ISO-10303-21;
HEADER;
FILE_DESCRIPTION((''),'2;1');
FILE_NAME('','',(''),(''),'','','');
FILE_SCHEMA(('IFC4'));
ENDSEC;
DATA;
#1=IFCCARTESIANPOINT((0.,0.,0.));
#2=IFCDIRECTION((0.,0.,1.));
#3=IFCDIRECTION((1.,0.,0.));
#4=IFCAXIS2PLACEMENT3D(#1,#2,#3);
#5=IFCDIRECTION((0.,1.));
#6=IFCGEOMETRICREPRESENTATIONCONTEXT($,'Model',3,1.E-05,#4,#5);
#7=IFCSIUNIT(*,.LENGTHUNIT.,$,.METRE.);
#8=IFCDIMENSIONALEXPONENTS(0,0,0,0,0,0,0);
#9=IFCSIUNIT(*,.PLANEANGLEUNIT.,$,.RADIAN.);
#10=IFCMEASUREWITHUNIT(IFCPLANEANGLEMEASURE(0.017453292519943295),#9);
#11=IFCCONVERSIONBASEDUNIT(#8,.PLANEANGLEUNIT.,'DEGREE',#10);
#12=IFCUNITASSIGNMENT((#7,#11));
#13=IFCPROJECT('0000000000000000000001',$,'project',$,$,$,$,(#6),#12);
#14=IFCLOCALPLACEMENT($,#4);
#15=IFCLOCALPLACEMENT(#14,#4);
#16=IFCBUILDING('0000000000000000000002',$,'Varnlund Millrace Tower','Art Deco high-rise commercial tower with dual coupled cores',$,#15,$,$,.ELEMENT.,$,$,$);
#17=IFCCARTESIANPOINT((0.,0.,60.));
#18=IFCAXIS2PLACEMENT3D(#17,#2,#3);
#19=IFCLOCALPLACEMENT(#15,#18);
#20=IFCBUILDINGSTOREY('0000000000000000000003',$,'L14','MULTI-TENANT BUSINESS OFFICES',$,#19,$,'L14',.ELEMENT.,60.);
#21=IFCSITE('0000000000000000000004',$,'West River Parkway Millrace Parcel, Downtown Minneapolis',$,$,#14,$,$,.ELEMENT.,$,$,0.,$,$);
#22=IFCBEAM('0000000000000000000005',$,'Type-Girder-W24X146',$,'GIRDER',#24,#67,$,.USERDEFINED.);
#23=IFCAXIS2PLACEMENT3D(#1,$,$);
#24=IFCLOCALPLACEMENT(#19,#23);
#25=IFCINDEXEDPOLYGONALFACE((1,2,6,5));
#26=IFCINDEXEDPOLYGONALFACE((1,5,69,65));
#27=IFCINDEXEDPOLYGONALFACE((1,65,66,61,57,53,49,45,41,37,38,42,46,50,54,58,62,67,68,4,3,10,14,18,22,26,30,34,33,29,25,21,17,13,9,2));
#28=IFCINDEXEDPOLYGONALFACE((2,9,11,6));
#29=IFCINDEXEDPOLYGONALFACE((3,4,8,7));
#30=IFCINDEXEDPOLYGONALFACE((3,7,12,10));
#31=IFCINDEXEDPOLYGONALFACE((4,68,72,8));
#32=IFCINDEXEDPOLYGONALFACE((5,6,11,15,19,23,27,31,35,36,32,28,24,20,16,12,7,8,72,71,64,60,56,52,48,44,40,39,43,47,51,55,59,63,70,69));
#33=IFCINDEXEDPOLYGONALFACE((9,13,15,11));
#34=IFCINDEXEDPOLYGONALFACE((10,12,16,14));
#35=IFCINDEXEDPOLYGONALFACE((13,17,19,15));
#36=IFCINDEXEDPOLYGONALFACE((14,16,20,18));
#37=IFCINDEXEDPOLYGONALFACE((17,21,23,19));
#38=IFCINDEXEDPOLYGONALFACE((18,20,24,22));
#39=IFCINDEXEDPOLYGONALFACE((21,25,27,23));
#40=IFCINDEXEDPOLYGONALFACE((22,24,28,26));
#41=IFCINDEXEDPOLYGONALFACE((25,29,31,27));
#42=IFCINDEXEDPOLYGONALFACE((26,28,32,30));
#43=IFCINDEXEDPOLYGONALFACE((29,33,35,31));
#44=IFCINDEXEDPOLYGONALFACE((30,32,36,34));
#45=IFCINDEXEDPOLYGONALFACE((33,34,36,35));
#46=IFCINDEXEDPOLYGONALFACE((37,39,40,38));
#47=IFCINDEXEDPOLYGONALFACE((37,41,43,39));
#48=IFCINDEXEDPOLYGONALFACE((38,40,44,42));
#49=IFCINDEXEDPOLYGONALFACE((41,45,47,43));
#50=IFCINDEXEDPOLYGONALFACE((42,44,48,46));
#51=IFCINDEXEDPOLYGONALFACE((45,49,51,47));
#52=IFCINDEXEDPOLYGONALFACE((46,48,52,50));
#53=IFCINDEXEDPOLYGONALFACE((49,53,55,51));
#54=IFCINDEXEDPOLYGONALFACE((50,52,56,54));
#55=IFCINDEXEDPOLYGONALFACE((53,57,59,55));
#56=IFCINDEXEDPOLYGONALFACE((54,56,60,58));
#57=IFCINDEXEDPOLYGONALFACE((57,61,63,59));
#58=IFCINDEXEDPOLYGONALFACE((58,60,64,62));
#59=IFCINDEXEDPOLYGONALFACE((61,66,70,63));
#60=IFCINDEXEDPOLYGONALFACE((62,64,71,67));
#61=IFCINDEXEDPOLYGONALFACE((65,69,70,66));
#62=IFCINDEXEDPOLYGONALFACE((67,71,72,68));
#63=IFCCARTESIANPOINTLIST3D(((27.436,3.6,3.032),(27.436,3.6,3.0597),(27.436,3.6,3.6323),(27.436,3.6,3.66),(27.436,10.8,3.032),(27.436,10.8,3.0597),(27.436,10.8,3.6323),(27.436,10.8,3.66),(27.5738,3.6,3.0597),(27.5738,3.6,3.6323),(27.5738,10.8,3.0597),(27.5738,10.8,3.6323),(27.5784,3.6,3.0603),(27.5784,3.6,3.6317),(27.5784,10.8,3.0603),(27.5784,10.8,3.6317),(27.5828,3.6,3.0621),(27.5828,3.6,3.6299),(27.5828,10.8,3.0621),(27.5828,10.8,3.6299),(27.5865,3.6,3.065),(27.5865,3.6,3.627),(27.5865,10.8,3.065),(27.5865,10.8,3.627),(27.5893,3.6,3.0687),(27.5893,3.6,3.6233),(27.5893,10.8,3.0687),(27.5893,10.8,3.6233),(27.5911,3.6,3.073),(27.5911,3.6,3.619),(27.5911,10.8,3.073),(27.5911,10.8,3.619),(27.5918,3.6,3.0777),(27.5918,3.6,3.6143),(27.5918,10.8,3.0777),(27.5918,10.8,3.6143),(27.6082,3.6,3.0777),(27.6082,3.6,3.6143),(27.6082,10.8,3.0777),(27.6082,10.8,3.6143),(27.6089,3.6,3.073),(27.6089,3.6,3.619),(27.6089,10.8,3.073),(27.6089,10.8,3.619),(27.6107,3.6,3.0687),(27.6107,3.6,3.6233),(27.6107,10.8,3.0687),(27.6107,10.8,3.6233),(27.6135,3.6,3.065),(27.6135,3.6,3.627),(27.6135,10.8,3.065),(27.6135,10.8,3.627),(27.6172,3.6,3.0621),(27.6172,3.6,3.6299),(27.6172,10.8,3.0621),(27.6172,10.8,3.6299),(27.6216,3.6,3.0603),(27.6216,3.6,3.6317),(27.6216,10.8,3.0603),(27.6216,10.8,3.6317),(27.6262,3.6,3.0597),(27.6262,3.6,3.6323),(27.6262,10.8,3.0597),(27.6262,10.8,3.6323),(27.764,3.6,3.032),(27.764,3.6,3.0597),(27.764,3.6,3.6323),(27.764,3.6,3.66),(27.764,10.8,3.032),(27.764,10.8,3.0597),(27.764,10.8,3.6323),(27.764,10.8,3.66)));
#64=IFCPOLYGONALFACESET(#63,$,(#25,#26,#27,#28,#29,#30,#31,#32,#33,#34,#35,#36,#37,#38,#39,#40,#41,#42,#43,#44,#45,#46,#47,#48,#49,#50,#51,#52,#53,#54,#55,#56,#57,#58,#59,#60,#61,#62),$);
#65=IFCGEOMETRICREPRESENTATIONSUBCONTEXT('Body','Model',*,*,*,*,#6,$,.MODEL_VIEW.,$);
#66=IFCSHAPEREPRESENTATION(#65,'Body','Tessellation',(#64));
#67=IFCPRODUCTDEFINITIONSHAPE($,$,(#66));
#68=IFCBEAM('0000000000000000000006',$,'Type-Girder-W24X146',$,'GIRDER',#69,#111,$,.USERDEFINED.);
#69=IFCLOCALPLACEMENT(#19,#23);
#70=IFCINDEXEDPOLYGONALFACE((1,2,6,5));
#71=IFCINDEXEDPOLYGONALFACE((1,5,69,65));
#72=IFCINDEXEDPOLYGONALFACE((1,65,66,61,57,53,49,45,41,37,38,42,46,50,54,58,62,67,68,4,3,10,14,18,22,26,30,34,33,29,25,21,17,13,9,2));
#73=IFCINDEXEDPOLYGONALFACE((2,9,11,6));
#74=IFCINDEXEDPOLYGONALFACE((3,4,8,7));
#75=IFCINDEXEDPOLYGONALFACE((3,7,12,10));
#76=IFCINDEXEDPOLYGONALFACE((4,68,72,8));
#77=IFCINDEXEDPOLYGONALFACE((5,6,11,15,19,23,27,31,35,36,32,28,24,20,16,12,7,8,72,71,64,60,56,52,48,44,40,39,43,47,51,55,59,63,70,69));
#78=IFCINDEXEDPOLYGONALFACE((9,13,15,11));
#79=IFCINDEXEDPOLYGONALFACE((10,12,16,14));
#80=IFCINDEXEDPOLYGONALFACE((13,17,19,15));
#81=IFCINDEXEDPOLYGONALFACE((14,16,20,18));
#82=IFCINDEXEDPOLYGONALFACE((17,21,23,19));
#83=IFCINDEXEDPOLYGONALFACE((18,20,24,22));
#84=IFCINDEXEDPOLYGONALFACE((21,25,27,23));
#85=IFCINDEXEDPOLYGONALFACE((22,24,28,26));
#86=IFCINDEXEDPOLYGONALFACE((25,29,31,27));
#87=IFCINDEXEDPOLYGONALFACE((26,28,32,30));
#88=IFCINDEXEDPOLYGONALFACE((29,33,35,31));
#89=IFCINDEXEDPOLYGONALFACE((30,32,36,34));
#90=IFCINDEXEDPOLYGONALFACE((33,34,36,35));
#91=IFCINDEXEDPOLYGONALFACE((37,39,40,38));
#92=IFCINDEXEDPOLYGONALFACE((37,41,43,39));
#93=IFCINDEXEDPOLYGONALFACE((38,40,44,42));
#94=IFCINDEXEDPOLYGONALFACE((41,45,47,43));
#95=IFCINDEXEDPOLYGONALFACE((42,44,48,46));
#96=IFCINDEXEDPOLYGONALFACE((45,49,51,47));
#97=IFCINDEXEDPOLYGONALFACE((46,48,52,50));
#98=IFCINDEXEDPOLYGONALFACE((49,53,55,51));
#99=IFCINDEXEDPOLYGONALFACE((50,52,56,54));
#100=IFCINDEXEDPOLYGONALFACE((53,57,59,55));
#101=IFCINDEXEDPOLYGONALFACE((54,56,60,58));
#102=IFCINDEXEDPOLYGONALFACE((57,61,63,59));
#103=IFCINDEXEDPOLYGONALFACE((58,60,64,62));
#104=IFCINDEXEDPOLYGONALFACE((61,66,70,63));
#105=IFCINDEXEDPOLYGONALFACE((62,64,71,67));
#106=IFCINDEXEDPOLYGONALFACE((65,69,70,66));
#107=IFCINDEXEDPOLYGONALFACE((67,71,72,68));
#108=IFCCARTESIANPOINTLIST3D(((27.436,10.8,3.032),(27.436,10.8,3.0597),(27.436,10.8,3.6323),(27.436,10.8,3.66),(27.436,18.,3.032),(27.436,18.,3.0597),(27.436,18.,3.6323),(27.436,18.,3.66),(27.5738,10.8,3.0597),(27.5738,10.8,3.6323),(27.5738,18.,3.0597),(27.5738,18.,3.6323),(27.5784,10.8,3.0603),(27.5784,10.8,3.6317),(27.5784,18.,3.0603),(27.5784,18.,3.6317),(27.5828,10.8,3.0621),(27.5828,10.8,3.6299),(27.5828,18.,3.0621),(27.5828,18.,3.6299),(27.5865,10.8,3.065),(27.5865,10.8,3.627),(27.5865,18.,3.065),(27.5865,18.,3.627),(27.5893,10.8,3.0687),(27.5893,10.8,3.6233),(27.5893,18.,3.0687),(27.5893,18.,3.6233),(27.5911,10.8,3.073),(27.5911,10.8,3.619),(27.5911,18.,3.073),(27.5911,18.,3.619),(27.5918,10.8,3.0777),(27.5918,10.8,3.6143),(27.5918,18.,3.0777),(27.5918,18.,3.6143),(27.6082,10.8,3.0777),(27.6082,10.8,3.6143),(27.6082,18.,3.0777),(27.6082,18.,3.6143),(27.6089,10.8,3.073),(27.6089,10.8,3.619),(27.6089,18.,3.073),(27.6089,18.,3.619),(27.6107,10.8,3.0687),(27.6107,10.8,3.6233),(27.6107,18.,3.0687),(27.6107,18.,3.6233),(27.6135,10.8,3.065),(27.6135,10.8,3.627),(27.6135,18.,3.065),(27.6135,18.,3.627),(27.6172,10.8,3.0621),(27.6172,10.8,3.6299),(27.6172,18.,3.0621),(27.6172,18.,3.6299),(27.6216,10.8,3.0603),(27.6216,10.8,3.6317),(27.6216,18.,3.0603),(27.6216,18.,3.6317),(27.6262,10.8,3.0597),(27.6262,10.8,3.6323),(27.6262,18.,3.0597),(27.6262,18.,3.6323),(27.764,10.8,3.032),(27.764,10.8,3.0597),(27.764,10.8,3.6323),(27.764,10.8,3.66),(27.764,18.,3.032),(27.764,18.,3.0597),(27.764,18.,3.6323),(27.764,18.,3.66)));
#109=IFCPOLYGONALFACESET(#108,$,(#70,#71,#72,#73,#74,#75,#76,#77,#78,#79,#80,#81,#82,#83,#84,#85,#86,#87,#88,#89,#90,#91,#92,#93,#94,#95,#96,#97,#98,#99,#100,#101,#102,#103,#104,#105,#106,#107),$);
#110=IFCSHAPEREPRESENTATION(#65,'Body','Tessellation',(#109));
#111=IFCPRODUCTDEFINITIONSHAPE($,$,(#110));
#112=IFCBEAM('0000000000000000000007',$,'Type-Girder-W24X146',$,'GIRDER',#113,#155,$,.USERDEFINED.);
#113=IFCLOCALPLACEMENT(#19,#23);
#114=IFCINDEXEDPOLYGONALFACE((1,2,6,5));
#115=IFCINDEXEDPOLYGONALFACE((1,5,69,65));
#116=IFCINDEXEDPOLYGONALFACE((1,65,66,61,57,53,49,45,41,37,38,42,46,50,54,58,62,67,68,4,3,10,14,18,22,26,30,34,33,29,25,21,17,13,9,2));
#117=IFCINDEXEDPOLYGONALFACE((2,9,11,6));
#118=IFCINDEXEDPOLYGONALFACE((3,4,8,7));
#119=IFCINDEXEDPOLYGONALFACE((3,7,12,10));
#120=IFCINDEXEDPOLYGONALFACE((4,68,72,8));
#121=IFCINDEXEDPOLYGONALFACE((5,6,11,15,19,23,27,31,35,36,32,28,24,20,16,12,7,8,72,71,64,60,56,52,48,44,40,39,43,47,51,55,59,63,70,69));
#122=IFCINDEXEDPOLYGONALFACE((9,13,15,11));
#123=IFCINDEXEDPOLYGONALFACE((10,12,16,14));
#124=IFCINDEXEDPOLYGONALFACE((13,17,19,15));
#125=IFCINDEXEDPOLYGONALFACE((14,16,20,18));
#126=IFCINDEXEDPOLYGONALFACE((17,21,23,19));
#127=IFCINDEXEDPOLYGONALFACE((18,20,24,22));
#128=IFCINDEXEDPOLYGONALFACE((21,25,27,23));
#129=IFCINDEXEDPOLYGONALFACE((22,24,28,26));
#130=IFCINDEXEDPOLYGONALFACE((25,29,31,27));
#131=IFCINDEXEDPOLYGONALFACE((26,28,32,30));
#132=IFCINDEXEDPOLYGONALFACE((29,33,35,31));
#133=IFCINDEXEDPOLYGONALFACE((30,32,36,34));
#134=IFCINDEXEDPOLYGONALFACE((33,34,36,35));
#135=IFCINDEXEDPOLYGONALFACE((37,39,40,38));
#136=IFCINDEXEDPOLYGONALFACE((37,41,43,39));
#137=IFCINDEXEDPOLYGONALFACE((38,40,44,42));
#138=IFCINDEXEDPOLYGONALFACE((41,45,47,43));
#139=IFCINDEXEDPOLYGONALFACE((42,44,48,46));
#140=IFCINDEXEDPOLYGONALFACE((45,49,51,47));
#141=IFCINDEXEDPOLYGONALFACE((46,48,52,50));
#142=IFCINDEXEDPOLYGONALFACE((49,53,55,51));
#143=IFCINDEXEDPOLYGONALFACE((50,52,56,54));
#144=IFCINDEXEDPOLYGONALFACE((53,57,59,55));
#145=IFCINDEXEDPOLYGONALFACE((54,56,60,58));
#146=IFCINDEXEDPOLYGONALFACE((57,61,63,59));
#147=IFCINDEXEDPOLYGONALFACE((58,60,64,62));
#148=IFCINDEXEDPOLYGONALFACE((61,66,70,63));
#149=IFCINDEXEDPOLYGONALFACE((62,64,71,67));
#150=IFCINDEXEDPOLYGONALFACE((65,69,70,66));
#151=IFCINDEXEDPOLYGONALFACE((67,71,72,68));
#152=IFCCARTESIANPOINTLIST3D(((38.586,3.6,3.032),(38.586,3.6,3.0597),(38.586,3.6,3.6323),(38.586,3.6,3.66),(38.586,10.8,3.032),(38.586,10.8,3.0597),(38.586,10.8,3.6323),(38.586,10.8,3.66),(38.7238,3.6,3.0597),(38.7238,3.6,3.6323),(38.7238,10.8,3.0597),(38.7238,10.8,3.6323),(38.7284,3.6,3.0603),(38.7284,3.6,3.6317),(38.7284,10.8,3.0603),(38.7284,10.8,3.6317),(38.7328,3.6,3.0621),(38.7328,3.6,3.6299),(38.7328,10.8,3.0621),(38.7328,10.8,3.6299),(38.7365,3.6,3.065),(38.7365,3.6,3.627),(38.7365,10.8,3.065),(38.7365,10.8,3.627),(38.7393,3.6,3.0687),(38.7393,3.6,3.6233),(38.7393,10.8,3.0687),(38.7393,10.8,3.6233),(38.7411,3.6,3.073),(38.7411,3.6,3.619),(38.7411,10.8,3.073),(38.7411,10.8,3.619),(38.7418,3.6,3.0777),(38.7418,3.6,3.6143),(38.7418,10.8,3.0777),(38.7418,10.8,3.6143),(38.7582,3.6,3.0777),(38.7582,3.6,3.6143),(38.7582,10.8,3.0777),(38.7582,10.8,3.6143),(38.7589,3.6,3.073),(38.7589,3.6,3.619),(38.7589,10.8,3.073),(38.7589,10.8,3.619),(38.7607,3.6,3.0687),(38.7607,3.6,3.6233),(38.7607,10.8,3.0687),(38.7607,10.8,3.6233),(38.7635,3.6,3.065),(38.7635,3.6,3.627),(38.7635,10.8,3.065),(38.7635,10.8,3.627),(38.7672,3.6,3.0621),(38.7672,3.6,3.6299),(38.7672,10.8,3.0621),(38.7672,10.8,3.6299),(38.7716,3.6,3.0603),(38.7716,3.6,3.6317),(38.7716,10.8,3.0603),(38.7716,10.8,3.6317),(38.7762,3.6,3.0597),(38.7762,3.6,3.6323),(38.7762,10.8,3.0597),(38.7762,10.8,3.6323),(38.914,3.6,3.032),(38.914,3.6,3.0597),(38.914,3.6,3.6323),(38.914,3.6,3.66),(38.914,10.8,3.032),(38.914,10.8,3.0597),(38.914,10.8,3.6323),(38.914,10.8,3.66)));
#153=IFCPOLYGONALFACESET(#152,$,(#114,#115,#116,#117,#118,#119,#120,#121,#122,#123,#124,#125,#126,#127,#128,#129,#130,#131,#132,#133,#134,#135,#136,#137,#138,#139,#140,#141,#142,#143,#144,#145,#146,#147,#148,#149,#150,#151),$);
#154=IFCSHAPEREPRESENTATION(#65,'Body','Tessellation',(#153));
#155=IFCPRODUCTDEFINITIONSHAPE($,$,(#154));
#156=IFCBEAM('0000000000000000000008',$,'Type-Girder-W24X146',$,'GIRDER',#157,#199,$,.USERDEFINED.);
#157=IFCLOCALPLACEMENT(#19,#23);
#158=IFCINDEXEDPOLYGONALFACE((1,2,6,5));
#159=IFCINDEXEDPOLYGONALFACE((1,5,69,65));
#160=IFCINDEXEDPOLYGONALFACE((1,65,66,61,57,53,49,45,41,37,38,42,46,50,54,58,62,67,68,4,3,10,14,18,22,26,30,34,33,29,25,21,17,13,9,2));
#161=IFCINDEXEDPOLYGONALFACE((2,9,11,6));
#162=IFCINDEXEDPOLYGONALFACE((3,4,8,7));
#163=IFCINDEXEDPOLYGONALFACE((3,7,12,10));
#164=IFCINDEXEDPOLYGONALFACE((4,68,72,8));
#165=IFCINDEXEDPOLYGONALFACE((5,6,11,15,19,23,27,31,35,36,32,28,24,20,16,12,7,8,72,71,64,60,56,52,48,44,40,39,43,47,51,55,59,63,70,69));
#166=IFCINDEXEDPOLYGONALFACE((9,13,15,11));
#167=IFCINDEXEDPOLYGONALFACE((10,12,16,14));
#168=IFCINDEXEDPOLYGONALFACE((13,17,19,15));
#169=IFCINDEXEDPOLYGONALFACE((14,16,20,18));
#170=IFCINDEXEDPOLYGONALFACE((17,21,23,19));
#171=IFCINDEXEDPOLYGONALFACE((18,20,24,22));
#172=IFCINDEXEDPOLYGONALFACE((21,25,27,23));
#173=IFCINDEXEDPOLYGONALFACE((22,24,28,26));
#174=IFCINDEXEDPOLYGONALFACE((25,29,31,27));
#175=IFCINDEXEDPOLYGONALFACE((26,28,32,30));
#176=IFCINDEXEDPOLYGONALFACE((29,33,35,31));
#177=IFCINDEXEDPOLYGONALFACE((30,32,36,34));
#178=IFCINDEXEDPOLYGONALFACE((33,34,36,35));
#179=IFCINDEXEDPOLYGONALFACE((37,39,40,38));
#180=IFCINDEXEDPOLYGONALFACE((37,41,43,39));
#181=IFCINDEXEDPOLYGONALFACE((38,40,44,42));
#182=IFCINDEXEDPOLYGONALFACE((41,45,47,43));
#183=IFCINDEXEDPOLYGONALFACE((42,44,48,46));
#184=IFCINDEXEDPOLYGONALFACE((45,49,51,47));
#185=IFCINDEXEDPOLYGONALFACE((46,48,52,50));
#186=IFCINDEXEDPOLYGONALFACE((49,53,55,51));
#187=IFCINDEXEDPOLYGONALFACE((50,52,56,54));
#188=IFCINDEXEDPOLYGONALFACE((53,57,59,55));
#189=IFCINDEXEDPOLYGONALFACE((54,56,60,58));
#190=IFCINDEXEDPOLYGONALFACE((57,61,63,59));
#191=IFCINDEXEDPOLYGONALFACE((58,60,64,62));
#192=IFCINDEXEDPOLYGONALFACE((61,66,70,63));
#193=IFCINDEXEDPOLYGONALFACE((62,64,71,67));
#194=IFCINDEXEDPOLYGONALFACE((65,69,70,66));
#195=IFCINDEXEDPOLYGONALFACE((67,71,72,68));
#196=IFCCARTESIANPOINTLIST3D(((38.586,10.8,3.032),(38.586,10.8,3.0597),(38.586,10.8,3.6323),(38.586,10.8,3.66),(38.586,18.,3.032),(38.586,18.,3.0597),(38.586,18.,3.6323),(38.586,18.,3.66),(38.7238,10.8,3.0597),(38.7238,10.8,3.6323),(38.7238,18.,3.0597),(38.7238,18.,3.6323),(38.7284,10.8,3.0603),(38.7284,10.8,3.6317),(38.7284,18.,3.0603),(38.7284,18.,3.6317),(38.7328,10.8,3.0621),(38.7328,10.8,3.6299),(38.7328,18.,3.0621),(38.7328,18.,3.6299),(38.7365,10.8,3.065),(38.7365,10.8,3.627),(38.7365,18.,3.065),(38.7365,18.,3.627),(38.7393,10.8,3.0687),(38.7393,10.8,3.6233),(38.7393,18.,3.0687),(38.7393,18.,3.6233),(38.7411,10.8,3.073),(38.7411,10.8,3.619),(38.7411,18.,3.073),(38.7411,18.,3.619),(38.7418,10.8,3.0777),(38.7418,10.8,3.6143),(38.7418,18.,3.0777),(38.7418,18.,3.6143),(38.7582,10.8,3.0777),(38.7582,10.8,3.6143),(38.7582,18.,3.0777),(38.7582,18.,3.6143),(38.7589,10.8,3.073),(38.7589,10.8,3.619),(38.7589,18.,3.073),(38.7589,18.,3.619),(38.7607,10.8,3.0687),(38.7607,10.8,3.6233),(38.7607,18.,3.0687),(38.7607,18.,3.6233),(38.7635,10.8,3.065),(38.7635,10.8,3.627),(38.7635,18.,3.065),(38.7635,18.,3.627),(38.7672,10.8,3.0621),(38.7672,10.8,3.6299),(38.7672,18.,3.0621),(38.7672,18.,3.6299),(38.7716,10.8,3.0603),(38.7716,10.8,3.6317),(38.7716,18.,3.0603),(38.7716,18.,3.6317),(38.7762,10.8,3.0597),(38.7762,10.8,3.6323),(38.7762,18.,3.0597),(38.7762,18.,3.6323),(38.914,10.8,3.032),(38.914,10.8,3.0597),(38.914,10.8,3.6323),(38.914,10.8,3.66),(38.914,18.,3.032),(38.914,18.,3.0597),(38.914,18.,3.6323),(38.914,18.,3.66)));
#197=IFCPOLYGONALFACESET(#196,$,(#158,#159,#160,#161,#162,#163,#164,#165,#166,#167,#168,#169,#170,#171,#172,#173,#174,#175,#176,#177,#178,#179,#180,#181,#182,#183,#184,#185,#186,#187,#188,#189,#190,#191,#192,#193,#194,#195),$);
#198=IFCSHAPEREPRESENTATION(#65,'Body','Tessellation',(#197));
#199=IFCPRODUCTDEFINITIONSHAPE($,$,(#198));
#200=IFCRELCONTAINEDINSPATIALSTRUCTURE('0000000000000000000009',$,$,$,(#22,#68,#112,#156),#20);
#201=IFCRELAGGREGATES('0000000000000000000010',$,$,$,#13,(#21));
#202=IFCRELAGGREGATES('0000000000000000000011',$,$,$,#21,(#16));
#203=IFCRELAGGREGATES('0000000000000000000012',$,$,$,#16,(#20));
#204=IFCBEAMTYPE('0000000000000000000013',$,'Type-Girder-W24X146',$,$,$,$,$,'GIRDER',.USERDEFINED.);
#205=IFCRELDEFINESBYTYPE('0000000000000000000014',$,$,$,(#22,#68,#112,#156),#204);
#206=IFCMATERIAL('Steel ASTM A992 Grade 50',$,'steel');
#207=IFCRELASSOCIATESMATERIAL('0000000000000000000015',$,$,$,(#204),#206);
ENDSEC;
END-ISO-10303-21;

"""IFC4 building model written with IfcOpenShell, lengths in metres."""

from ifc_helpers import new_model, entity, si_unit, converted_unit, direction, frame, origin_with_axes, origin_2d_with_axis, place, context, subcontext, project, spatial, i_section, extrude, material, material_profile, profile_set, type_object, element, save


model = new_model("IFC4")

# Units and contexts
model_context = context("Model", 3, precision=1e-05, world=origin_with_axes(), true_north=direction((0.0, 1.0)))
body_context = subcontext(model_context, "Body", "Model", "MODEL_VIEW")
ifc_project = project(units=[si_unit("LENGTHUNIT", "METRE"), converted_unit("PLANEANGLEUNIT", "DEGREE", entity("IfcPlaneAngleMeasure", 0.017453292519943295), si_unit("PLANEANGLEUNIT", "RADIAN"), dimensions=[0, 0, 0, 0, 0, 0, 0])], contexts=[model_context])

# Site, building, storey
site_placement = place(None, origin_with_axes())
site = spatial("IfcSite", under=ifc_project, at=site_placement, Name="West River Parkway Millrace Parcel, Downtown Minneapolis", CompositionType="ELEMENT", RefElevation=0.0)
building_placement = place(site_placement, origin_with_axes())
building = spatial("IfcBuilding", under=site, at=building_placement, Name="Varnlund Millrace Tower", Description="Art Deco high-rise commercial tower with dual coupled cores", CompositionType="ELEMENT")
storey_placement = place(building_placement, frame((0.0, 0.0, 60.0), z_axis=(0.0, 0.0, 1.0), x_axis=(1.0, 0.0, 0.0)))
storey = spatial("IfcBuildingStorey", under=building, at=storey_placement, Name="L14", Description="MULTI-TENANT BUSINESS OFFICES", LongName="L14", CompositionType="ELEMENT", Elevation=60.0)

# Beams
ifc_material_1 = material(Name="Steel ASTM A992 Grade 50", Category="steel")
ifc_material_profile_1 = material_profile(ifc_material_1, i_section(OverallWidth=0.328, OverallDepth=0.628, WebThickness=0.0165, FlangeThickness=0.0277, FilletRadius=0.018, at=origin_2d_with_axis()), Name="Steel ASTM A992 Grade 50")
ifc_profile_set_1 = profile_set([ifc_material_profile_1], Name="Steel ASTM A992 Grade 50")
beam_type_1 = type_object("IfcBeamType", Name="Type-Girder-W24X146", ElementType="GIRDER", PredefinedType="USERDEFINED", material=ifc_profile_set_1)
for number, where, z_axis, x_axis, name in (
    (1, (27.6, 3.6, 3.346), (0.0, 1.0, 0.0), (-1.0, 0.0, 0.0), "Type-Girder-W24X146"),
    (2, (27.6, 10.8, 3.346), (0.0, 1.0, 0.0), (-1.0, 0.0, 0.0), "Type-Girder-W24X146"),
    (3, (38.75, 3.6, 3.346), (0.0, 1.0, 0.0), (-1.0, 0.0, 0.0), "Type-Girder-W24X146"),
    (4, (38.75, 10.8, 3.346), (0.0, 1.0, 0.0), (-1.0, 0.0, 0.0), "Type-Girder-W24X146"),
):
    element("IfcBeam", number, at=place(storey_placement, frame(where, z_axis=z_axis, x_axis=x_axis)), inside=storey, type_object=beam_type_1, Name=name, ObjectType="GIRDER", PredefinedType="USERDEFINED", context=body_context, shape_type="SweptSolid", body=[
        extrude(i_section(OverallWidth=0.328, OverallDepth=0.628, WebThickness=0.0165, FlangeThickness=0.0277, FilletRadius=0.018, at=origin_2d_with_axis()), origin_with_axes(), (0.0, 0.0, 1.0), 7.2),
    ])

save(model, "model.ifc")
